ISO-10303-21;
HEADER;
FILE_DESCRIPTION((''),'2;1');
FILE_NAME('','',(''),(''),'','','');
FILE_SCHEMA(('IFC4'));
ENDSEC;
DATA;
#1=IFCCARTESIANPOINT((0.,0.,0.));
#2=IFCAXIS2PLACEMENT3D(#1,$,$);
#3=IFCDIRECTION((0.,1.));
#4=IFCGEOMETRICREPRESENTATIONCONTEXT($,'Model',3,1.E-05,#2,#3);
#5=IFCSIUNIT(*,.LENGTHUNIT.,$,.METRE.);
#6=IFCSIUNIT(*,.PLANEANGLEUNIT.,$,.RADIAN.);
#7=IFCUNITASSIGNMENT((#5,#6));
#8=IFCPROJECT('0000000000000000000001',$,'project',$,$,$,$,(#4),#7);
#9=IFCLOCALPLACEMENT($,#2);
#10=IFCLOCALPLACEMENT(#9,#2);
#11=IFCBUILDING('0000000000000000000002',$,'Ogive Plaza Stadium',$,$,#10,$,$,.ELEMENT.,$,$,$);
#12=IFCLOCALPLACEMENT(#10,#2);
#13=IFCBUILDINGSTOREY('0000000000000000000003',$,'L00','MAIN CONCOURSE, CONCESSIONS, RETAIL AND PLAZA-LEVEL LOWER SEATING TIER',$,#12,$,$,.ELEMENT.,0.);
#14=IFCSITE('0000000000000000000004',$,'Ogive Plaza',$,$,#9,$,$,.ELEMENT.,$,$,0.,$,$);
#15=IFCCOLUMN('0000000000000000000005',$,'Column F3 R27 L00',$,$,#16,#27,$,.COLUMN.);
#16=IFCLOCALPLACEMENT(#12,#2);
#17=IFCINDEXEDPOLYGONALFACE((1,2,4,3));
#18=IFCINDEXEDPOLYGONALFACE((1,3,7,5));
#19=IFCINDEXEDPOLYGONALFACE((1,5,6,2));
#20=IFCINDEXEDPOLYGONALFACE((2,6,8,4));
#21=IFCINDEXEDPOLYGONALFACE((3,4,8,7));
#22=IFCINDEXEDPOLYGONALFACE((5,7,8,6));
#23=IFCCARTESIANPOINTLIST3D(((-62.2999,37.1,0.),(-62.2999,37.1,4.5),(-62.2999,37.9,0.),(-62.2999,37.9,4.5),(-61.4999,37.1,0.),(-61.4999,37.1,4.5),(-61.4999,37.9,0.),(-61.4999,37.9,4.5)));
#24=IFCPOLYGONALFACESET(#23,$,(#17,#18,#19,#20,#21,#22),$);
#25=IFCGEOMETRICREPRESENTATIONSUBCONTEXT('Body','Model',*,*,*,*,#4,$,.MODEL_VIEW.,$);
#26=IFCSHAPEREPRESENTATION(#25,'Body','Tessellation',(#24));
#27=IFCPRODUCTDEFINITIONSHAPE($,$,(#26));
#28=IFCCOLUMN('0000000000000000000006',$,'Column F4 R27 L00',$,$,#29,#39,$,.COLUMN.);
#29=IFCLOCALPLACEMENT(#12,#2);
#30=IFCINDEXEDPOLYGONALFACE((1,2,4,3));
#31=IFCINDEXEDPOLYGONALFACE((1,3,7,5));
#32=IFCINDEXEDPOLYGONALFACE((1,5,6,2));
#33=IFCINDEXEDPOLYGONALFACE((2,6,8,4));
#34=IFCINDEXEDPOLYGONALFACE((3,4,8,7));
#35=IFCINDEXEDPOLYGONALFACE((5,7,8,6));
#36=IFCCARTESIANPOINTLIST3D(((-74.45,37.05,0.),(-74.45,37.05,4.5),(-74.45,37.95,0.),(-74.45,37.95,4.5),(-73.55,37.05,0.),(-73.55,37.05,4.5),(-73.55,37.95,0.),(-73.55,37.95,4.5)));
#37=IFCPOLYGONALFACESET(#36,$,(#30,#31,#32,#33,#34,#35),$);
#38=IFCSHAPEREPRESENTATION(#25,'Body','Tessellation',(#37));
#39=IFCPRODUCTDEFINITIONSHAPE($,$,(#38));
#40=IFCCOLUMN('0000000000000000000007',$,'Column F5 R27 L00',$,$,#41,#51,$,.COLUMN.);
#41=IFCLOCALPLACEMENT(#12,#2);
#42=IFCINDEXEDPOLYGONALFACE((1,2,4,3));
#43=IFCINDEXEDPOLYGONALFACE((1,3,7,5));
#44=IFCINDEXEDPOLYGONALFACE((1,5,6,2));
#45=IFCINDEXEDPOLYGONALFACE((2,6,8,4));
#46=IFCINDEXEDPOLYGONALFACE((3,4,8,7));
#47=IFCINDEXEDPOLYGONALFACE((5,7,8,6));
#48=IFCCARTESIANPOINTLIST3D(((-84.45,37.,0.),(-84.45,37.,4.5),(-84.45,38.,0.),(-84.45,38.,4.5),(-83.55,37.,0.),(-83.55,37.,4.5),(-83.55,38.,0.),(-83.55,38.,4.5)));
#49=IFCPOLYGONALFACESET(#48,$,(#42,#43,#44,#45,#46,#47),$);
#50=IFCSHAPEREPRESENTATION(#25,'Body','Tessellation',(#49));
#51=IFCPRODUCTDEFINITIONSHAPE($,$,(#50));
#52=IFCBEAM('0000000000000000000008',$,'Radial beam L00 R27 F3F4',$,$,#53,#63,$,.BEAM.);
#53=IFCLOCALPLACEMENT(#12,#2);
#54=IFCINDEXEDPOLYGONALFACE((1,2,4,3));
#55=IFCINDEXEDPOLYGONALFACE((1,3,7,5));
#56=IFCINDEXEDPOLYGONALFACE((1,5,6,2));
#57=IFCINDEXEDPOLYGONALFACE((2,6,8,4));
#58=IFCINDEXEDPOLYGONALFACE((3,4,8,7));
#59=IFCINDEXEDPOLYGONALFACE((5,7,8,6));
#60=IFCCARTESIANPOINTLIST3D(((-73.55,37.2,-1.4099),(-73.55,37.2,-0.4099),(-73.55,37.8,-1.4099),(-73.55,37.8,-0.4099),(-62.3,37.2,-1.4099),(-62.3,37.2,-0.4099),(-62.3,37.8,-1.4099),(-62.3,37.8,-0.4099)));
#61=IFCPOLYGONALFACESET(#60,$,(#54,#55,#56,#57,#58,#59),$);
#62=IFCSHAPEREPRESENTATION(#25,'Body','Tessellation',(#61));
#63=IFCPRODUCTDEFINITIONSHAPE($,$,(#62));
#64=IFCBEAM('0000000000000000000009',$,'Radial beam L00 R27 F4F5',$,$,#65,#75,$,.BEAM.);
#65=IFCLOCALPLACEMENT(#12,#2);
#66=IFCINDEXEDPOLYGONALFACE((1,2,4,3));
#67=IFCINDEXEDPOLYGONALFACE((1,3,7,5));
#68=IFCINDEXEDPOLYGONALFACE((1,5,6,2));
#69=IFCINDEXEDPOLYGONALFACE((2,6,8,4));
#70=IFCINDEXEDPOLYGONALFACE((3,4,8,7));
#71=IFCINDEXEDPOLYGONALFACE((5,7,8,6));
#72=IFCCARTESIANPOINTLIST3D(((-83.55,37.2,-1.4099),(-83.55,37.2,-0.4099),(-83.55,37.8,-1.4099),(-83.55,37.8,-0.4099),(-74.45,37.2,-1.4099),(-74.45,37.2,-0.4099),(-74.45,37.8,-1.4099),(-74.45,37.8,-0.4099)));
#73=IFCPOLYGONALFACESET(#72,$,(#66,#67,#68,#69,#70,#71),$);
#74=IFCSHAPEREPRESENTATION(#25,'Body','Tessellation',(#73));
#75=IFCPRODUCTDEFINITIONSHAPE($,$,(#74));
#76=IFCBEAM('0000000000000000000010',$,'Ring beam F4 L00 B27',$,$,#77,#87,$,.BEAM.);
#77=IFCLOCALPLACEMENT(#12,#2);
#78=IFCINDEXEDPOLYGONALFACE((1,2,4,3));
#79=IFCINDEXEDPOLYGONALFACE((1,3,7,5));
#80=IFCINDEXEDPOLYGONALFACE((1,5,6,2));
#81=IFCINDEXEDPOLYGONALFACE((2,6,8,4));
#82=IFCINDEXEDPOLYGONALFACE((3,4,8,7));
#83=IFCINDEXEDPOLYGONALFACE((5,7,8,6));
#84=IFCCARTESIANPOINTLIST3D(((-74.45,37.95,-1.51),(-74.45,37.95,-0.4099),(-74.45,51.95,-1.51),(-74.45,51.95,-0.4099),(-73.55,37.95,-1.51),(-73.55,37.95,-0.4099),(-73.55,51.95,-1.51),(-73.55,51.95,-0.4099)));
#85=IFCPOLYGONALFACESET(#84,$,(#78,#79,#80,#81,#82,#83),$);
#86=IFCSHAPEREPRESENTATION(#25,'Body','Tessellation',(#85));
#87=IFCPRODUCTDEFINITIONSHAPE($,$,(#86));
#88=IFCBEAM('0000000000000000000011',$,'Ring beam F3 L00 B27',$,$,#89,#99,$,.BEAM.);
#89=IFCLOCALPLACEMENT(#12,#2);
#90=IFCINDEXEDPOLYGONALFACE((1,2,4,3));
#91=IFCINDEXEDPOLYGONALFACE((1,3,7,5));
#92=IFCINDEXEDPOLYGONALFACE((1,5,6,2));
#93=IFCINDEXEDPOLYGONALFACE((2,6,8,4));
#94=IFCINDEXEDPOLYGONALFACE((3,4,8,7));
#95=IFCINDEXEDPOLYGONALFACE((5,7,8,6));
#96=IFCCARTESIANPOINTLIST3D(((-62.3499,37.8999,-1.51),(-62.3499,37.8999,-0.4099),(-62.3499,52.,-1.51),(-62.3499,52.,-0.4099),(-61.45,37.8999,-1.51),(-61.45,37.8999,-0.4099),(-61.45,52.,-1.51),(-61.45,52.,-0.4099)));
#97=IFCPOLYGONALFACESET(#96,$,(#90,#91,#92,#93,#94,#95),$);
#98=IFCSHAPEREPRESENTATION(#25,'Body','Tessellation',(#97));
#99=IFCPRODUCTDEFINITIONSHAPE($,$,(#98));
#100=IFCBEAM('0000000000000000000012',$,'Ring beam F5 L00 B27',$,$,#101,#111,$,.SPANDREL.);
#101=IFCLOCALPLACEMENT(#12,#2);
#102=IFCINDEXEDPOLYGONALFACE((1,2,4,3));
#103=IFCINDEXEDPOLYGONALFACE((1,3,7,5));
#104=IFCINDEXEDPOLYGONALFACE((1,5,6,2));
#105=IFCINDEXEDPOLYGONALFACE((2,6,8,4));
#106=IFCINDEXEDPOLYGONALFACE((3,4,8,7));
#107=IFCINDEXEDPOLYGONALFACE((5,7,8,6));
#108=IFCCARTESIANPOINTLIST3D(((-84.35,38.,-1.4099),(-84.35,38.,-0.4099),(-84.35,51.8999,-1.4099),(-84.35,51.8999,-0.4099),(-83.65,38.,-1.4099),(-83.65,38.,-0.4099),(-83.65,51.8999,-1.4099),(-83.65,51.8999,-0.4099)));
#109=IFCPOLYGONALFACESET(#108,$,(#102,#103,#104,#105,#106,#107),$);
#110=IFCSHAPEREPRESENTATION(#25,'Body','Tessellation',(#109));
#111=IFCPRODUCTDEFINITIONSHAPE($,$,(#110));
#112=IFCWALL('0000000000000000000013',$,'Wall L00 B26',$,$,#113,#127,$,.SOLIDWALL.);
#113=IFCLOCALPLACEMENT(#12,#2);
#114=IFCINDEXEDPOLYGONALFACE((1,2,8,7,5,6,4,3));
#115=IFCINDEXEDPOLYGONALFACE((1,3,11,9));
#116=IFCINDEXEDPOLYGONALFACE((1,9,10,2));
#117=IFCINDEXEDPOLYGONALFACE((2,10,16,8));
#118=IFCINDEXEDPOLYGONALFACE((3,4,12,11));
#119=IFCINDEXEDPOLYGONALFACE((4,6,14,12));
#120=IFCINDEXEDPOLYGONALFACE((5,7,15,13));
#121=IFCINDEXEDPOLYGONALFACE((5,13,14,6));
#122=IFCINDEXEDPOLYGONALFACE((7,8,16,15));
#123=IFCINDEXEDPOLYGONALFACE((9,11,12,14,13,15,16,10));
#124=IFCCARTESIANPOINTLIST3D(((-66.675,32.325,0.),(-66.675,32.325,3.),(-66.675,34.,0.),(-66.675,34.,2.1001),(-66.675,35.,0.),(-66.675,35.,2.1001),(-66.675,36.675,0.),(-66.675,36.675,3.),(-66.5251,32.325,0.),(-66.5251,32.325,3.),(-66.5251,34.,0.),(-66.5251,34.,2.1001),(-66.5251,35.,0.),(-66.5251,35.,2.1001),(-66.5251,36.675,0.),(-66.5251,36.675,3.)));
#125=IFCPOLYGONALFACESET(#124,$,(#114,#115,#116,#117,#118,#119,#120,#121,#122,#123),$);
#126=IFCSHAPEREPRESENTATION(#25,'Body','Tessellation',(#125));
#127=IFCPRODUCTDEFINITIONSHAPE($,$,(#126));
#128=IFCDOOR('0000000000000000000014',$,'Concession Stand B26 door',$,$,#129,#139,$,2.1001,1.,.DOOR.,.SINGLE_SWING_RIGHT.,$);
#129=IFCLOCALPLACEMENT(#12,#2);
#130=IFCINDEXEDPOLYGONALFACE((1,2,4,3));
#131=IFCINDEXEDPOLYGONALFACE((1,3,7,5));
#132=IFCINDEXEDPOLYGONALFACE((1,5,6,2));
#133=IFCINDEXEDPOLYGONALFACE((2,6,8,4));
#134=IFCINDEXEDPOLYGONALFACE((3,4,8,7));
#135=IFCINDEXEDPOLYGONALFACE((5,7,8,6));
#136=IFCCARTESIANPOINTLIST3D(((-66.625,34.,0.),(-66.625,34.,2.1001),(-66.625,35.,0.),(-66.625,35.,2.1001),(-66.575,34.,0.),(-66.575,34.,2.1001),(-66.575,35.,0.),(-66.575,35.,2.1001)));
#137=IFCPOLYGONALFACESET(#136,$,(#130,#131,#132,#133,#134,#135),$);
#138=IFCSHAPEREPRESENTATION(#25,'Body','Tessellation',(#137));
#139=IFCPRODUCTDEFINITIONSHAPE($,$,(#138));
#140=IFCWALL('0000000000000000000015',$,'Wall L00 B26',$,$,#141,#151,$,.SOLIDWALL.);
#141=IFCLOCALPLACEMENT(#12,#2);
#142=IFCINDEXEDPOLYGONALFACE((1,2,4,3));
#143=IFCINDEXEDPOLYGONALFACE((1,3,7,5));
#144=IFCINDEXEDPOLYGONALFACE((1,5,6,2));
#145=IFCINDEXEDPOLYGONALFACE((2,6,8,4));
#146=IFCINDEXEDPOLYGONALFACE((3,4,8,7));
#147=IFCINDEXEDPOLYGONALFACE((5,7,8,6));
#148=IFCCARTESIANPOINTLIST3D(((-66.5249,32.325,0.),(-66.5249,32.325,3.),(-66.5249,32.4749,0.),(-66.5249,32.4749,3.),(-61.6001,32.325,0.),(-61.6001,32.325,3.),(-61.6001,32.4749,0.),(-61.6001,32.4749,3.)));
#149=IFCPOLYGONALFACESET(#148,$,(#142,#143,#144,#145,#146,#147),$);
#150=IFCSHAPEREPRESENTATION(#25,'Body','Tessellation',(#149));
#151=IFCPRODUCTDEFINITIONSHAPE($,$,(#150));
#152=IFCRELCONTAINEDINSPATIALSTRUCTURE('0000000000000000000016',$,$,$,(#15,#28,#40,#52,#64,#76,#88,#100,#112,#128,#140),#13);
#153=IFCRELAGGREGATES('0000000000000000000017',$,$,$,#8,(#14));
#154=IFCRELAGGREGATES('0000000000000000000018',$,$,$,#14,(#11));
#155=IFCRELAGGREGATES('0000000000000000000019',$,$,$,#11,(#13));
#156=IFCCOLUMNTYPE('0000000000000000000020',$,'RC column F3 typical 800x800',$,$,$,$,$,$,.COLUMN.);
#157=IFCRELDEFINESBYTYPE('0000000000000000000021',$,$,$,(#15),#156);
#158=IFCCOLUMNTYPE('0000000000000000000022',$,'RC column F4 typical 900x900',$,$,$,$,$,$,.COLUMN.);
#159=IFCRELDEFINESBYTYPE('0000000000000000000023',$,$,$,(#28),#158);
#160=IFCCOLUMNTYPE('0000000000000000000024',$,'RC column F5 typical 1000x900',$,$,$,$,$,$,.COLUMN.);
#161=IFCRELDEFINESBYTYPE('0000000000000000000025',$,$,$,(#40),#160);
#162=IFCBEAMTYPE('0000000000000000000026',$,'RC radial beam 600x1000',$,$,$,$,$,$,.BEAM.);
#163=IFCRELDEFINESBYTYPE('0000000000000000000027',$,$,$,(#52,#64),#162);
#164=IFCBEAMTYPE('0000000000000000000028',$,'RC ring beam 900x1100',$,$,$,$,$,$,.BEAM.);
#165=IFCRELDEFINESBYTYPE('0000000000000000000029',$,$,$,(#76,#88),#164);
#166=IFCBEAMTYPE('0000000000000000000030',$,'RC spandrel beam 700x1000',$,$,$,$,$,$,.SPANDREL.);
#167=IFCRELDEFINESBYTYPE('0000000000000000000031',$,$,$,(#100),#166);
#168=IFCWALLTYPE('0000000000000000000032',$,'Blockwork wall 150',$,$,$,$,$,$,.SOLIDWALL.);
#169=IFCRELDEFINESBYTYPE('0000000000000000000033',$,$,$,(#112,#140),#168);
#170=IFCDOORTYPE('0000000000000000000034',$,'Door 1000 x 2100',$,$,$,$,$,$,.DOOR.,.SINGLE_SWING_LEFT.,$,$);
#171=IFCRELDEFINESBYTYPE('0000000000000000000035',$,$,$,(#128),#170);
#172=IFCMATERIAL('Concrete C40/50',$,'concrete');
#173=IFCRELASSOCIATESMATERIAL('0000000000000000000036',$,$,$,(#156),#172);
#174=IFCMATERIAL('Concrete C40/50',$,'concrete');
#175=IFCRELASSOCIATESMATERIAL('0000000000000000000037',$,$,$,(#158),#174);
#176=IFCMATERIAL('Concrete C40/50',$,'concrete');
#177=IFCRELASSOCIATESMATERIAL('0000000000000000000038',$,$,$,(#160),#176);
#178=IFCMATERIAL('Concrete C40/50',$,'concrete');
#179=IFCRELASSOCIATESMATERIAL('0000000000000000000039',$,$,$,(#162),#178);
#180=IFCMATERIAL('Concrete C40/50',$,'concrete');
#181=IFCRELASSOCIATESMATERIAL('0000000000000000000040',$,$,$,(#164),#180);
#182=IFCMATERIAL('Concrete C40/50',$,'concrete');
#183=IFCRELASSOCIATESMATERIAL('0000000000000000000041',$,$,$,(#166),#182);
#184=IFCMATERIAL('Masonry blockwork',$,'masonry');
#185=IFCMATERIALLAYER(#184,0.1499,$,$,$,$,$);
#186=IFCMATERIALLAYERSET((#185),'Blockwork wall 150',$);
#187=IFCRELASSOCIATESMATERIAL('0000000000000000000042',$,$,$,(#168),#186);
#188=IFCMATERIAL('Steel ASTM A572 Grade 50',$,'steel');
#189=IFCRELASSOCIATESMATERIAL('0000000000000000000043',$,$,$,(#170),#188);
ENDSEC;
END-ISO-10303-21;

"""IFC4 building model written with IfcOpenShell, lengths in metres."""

from ifc_helpers import new_model, si_unit, direction, frame, frame_2d, origin, origin_2d, place, context, subcontext, project, spatial, rectangle, extrude, material, layer, layer_set, material_profile, profile_set, type_object, element, fill, save


model = new_model("IFC4")

# Units and contexts
model_context = context("Model", 3, precision=1e-05, world=origin(), true_north=direction((0.0, 1.0)))
body_context = subcontext(model_context, "Body", "Model", "MODEL_VIEW")
ifc_project = project(units=[si_unit("LENGTHUNIT", "METRE"), si_unit("PLANEANGLEUNIT", "RADIAN")], contexts=[model_context])

# Site, building, storey
site_placement = place(None, origin())
site = spatial("IfcSite", under=ifc_project, at=site_placement, Name="Ogive Plaza", CompositionType="ELEMENT", RefElevation=0.0)
building_placement = place(site_placement, origin())
building = spatial("IfcBuilding", under=site, at=building_placement, Name="Ogive Plaza Stadium", CompositionType="ELEMENT")
storey_placement = place(building_placement, origin())
storey = spatial("IfcBuildingStorey", under=building, at=storey_placement, Name="L00", Description="MAIN CONCOURSE, CONCESSIONS, RETAIL AND PLAZA-LEVEL LOWER SEATING TIER", CompositionType="ELEMENT", Elevation=0.0)

# Columns
ifc_material_1 = material(Name="Concrete C40/50", Category="concrete")
ifc_material_profile_1 = material_profile(ifc_material_1, rectangle(XDim=0.8, YDim=0.8, at=origin_2d()), Name="RC 800x800")
ifc_profile_set_1 = profile_set([ifc_material_profile_1], Name="Concrete C40/50")
column_type_1 = type_object("IfcColumnType", Name="RC column F3 typical 800x800", PredefinedType="COLUMN", material=ifc_profile_set_1)
column_1_placement = place(storey_placement, frame((-61.8999, 37.5, 0.0), z_axis=(0.0, 0.0, 1.0), x_axis=(0.0, -1.0, 0.0)))
element("IfcColumn", 1, at=column_1_placement, inside=storey, type_object=column_type_1, Name="Column F3 R27 L00", PredefinedType="COLUMN", context=body_context, shape_type="SweptSolid", body=[
    extrude(rectangle(XDim=0.8, YDim=0.8, at=origin_2d()), origin(), (0.0, 0.0, 1.0), 4.5),
])
ifc_material_2 = material(Name="Concrete C40/50", Category="concrete")
ifc_material_profile_2 = material_profile(ifc_material_2, rectangle(XDim=0.8999, YDim=0.8999, at=origin_2d()), Name="RC 900x900")
ifc_profile_set_2 = profile_set([ifc_material_profile_2], Name="Concrete C40/50")
column_type_2 = type_object("IfcColumnType", Name="RC column F4 typical 900x900", PredefinedType="COLUMN", material=ifc_profile_set_2)
column_2_placement = place(storey_placement, frame((-74.0, 37.5, 0.0), z_axis=(0.0, 0.0, 1.0), x_axis=(0.0, -1.0, 0.0)))
element("IfcColumn", 2, at=column_2_placement, inside=storey, type_object=column_type_2, Name="Column F4 R27 L00", PredefinedType="COLUMN", context=body_context, shape_type="SweptSolid", body=[
    extrude(rectangle(XDim=0.8999, YDim=0.8999, at=origin_2d()), origin(), (0.0, 0.0, 1.0), 4.5),
])
ifc_material_3 = material(Name="Concrete C40/50", Category="concrete")
ifc_material_profile_3 = material_profile(ifc_material_3, rectangle(XDim=1.0, YDim=0.8999, at=origin_2d()), Name="RC 1000x900")
ifc_profile_set_3 = profile_set([ifc_material_profile_3], Name="Concrete C40/50")
column_type_3 = type_object("IfcColumnType", Name="RC column F5 typical 1000x900", PredefinedType="COLUMN", material=ifc_profile_set_3)
column_3_placement = place(storey_placement, frame((-84.0, 37.5, 0.0), z_axis=(0.0, 0.0, 1.0), x_axis=(0.0, -1.0, 0.0)))
element("IfcColumn", 3, at=column_3_placement, inside=storey, type_object=column_type_3, Name="Column F5 R27 L00", PredefinedType="COLUMN", context=body_context, shape_type="SweptSolid", body=[
    extrude(rectangle(XDim=1.0, YDim=0.8999, at=origin_2d()), origin(), (0.0, 0.0, 1.0), 4.5),
])

# Beams
ifc_material_4 = material(Name="Concrete C40/50", Category="concrete")
ifc_material_profile_4 = material_profile(ifc_material_4, rectangle(XDim=0.6001, YDim=1.0, at=origin_2d()), Name="RC 600x1000")
ifc_profile_set_4 = profile_set([ifc_material_profile_4], Name="Concrete C40/50")
beam_type_1 = type_object("IfcBeamType", Name="RC radial beam 600x1000", PredefinedType="BEAM", material=ifc_profile_set_4)
beam_1_placement = place(storey_placement, frame((-62.3, 37.5, -0.9099), z_axis=(-1.0, 0.0, 0.0), x_axis=(0.0, -1.0, 0.0)))
element("IfcBeam", 4, at=beam_1_placement, inside=storey, type_object=beam_type_1, Name="Radial beam L00 R27 F3F4", PredefinedType="BEAM", context=body_context, shape_type="SweptSolid", body=[
    extrude(rectangle(XDim=0.6001, YDim=1.0, at=origin_2d()), origin(), (0.0, 0.0, 1.0), 11.25),
])
beam_2_placement = place(storey_placement, frame((-74.45, 37.5, -0.9099), z_axis=(-1.0, 0.0, 0.0), x_axis=(0.0, -1.0, 0.0)))
element("IfcBeam", 5, at=beam_2_placement, inside=storey, type_object=beam_type_1, Name="Radial beam L00 R27 F4F5", PredefinedType="BEAM", context=body_context, shape_type="SweptSolid", body=[
    extrude(rectangle(XDim=0.6001, YDim=1.0, at=origin_2d()), origin(), (0.0, 0.0, 1.0), 9.1001),
])
ifc_material_5 = material(Name="Concrete C40/50", Category="concrete")
ifc_material_profile_5 = material_profile(ifc_material_5, rectangle(XDim=0.8999, YDim=1.1001, at=origin_2d()), Name="RC 900x1100")
ifc_profile_set_5 = profile_set([ifc_material_profile_5], Name="Concrete C40/50")
beam_type_2 = type_object("IfcBeamType", Name="RC ring beam 900x1100", PredefinedType="BEAM", material=ifc_profile_set_5)
beam_3_placement = place(storey_placement, frame((-74.0, 37.95, -0.96), z_axis=(0.0, 1.0, 0.0), x_axis=(-1.0, 0.0, 0.0)))
element("IfcBeam", 6, at=beam_3_placement, inside=storey, type_object=beam_type_2, Name="Ring beam F4 L00 B27", PredefinedType="BEAM", context=body_context, shape_type="SweptSolid", body=[
    extrude(rectangle(XDim=0.8999, YDim=1.1001, at=origin_2d()), origin(), (0.0, 0.0, 1.0), 14.0),
])
beam_4_placement = place(storey_placement, frame((-61.8999, 37.8999, -0.96), z_axis=(0.0, 1.0, 0.0), x_axis=(-1.0, 0.0, 0.0)))
element("IfcBeam", 7, at=beam_4_placement, inside=storey, type_object=beam_type_2, Name="Ring beam F3 L00 B27", PredefinedType="BEAM", context=body_context, shape_type="SweptSolid", body=[
    extrude(rectangle(XDim=0.8999, YDim=1.1001, at=origin_2d()), origin(), (0.0, 0.0, 1.0), 14.1001),
])
ifc_material_6 = material(Name="Concrete C40/50", Category="concrete")
ifc_material_profile_6 = material_profile(ifc_material_6, rectangle(XDim=0.7, YDim=1.0, at=origin_2d()), Name="RC 700x1000")
ifc_profile_set_6 = profile_set([ifc_material_profile_6], Name="Concrete C40/50")
beam_type_3 = type_object("IfcBeamType", Name="RC spandrel beam 700x1000", PredefinedType="SPANDREL", material=ifc_profile_set_6)
beam_5_placement = place(storey_placement, frame((-84.0, 38.0, -0.9099), z_axis=(0.0, 1.0, 0.0), x_axis=(-1.0, 0.0, 0.0)))
element("IfcBeam", 8, at=beam_5_placement, inside=storey, type_object=beam_type_3, Name="Ring beam F5 L00 B27", PredefinedType="SPANDREL", context=body_context, shape_type="SweptSolid", body=[
    extrude(rectangle(XDim=0.7, YDim=1.0, at=origin_2d()), origin(), (0.0, 0.0, 1.0), 13.8999),
])

# Wall, opening, door
ifc_material_7 = material(Name="Masonry blockwork", Category="masonry")
ifc_layer_1 = layer(ifc_material_7, 0.1499)
ifc_layer_set_1 = layer_set([ifc_layer_1], Name="Blockwork wall 150")
wall_type_1 = type_object("IfcWallType", Name="Blockwork wall 150", PredefinedType="SOLIDWALL", material=ifc_layer_set_1)
wall_1_placement = place(storey_placement, frame((-66.6001, 32.325, 0.0), z_axis=(0.0, 0.0, 1.0), x_axis=(0.0, 1.0, 0.0)))
wall_1 = element("IfcWall", 9, at=wall_1_placement, inside=storey, type_object=wall_type_1, Name="Wall L00 B26", PredefinedType="SOLIDWALL", context=body_context, shape_type="SweptSolid", body=[
    extrude(rectangle(XDim=4.3501, YDim=0.1499, at=frame_2d((2.175, 0.0))), origin(), (0.0, 0.0, 1.0), 3.0),
])
opening_1_placement = place(wall_1_placement, frame((1.675, 0.0, 0.0)))
opening_1 = element("IfcOpeningElement", 10, at=opening_1_placement, cuts=wall_1, PredefinedType="OPENING", context=body_context, shape_type="SweptSolid", body=[
    extrude(rectangle(XDim=1.0, YDim=2.1001, at=frame_2d((0.5, 1.05))), frame((0.0, 0.075, 0.0), z_axis=(0.0, -1.0, 0.0), x_axis=(1.0, 0.0, 0.0)), (0.0, 0.0, 1.0), 0.1499),
])
ifc_material_8 = material(Name="Steel ASTM A572 Grade 50", Category="steel")
door_type_1 = type_object("IfcDoorType", Name="Door 1000 x 2100", OperationType="SINGLE_SWING_LEFT", PredefinedType="DOOR", material=ifc_material_8)
door_1_placement = place(opening_1_placement, origin())
door_1 = element("IfcDoor", 11, at=door_1_placement, inside=storey, type_object=door_type_1, Name="Concession Stand B26 door", OperationType="SINGLE_SWING_RIGHT", OverallHeight=2.1001, OverallWidth=1.0, PredefinedType="DOOR", context=body_context, shape_type="SweptSolid", body=[
    extrude(rectangle(XDim=1.0, YDim=2.1001, at=frame_2d((0.5, 1.05))), frame((0.0, 0.0249, 0.0), z_axis=(0.0, -1.0, 0.0), x_axis=(1.0, 0.0, 0.0)), (0.0, 0.0, 1.0), 0.05),
])
fill(opening_1, door_1)

# Wall
wall_2_placement = place(storey_placement, frame((-61.6001, 32.3999, 0.0), z_axis=(0.0, 0.0, 1.0), x_axis=(-1.0, 0.0, 0.0)))
element("IfcWall", 12, at=wall_2_placement, inside=storey, type_object=wall_type_1, Name="Wall L00 B26", PredefinedType="SOLIDWALL", context=body_context, shape_type="SweptSolid", body=[
    extrude(rectangle(XDim=4.9248, YDim=0.1499, at=frame_2d((2.4624, 0.0))), origin(), (0.0, 0.0, 1.0), 3.0),
])

save(model, "model.ifc")
